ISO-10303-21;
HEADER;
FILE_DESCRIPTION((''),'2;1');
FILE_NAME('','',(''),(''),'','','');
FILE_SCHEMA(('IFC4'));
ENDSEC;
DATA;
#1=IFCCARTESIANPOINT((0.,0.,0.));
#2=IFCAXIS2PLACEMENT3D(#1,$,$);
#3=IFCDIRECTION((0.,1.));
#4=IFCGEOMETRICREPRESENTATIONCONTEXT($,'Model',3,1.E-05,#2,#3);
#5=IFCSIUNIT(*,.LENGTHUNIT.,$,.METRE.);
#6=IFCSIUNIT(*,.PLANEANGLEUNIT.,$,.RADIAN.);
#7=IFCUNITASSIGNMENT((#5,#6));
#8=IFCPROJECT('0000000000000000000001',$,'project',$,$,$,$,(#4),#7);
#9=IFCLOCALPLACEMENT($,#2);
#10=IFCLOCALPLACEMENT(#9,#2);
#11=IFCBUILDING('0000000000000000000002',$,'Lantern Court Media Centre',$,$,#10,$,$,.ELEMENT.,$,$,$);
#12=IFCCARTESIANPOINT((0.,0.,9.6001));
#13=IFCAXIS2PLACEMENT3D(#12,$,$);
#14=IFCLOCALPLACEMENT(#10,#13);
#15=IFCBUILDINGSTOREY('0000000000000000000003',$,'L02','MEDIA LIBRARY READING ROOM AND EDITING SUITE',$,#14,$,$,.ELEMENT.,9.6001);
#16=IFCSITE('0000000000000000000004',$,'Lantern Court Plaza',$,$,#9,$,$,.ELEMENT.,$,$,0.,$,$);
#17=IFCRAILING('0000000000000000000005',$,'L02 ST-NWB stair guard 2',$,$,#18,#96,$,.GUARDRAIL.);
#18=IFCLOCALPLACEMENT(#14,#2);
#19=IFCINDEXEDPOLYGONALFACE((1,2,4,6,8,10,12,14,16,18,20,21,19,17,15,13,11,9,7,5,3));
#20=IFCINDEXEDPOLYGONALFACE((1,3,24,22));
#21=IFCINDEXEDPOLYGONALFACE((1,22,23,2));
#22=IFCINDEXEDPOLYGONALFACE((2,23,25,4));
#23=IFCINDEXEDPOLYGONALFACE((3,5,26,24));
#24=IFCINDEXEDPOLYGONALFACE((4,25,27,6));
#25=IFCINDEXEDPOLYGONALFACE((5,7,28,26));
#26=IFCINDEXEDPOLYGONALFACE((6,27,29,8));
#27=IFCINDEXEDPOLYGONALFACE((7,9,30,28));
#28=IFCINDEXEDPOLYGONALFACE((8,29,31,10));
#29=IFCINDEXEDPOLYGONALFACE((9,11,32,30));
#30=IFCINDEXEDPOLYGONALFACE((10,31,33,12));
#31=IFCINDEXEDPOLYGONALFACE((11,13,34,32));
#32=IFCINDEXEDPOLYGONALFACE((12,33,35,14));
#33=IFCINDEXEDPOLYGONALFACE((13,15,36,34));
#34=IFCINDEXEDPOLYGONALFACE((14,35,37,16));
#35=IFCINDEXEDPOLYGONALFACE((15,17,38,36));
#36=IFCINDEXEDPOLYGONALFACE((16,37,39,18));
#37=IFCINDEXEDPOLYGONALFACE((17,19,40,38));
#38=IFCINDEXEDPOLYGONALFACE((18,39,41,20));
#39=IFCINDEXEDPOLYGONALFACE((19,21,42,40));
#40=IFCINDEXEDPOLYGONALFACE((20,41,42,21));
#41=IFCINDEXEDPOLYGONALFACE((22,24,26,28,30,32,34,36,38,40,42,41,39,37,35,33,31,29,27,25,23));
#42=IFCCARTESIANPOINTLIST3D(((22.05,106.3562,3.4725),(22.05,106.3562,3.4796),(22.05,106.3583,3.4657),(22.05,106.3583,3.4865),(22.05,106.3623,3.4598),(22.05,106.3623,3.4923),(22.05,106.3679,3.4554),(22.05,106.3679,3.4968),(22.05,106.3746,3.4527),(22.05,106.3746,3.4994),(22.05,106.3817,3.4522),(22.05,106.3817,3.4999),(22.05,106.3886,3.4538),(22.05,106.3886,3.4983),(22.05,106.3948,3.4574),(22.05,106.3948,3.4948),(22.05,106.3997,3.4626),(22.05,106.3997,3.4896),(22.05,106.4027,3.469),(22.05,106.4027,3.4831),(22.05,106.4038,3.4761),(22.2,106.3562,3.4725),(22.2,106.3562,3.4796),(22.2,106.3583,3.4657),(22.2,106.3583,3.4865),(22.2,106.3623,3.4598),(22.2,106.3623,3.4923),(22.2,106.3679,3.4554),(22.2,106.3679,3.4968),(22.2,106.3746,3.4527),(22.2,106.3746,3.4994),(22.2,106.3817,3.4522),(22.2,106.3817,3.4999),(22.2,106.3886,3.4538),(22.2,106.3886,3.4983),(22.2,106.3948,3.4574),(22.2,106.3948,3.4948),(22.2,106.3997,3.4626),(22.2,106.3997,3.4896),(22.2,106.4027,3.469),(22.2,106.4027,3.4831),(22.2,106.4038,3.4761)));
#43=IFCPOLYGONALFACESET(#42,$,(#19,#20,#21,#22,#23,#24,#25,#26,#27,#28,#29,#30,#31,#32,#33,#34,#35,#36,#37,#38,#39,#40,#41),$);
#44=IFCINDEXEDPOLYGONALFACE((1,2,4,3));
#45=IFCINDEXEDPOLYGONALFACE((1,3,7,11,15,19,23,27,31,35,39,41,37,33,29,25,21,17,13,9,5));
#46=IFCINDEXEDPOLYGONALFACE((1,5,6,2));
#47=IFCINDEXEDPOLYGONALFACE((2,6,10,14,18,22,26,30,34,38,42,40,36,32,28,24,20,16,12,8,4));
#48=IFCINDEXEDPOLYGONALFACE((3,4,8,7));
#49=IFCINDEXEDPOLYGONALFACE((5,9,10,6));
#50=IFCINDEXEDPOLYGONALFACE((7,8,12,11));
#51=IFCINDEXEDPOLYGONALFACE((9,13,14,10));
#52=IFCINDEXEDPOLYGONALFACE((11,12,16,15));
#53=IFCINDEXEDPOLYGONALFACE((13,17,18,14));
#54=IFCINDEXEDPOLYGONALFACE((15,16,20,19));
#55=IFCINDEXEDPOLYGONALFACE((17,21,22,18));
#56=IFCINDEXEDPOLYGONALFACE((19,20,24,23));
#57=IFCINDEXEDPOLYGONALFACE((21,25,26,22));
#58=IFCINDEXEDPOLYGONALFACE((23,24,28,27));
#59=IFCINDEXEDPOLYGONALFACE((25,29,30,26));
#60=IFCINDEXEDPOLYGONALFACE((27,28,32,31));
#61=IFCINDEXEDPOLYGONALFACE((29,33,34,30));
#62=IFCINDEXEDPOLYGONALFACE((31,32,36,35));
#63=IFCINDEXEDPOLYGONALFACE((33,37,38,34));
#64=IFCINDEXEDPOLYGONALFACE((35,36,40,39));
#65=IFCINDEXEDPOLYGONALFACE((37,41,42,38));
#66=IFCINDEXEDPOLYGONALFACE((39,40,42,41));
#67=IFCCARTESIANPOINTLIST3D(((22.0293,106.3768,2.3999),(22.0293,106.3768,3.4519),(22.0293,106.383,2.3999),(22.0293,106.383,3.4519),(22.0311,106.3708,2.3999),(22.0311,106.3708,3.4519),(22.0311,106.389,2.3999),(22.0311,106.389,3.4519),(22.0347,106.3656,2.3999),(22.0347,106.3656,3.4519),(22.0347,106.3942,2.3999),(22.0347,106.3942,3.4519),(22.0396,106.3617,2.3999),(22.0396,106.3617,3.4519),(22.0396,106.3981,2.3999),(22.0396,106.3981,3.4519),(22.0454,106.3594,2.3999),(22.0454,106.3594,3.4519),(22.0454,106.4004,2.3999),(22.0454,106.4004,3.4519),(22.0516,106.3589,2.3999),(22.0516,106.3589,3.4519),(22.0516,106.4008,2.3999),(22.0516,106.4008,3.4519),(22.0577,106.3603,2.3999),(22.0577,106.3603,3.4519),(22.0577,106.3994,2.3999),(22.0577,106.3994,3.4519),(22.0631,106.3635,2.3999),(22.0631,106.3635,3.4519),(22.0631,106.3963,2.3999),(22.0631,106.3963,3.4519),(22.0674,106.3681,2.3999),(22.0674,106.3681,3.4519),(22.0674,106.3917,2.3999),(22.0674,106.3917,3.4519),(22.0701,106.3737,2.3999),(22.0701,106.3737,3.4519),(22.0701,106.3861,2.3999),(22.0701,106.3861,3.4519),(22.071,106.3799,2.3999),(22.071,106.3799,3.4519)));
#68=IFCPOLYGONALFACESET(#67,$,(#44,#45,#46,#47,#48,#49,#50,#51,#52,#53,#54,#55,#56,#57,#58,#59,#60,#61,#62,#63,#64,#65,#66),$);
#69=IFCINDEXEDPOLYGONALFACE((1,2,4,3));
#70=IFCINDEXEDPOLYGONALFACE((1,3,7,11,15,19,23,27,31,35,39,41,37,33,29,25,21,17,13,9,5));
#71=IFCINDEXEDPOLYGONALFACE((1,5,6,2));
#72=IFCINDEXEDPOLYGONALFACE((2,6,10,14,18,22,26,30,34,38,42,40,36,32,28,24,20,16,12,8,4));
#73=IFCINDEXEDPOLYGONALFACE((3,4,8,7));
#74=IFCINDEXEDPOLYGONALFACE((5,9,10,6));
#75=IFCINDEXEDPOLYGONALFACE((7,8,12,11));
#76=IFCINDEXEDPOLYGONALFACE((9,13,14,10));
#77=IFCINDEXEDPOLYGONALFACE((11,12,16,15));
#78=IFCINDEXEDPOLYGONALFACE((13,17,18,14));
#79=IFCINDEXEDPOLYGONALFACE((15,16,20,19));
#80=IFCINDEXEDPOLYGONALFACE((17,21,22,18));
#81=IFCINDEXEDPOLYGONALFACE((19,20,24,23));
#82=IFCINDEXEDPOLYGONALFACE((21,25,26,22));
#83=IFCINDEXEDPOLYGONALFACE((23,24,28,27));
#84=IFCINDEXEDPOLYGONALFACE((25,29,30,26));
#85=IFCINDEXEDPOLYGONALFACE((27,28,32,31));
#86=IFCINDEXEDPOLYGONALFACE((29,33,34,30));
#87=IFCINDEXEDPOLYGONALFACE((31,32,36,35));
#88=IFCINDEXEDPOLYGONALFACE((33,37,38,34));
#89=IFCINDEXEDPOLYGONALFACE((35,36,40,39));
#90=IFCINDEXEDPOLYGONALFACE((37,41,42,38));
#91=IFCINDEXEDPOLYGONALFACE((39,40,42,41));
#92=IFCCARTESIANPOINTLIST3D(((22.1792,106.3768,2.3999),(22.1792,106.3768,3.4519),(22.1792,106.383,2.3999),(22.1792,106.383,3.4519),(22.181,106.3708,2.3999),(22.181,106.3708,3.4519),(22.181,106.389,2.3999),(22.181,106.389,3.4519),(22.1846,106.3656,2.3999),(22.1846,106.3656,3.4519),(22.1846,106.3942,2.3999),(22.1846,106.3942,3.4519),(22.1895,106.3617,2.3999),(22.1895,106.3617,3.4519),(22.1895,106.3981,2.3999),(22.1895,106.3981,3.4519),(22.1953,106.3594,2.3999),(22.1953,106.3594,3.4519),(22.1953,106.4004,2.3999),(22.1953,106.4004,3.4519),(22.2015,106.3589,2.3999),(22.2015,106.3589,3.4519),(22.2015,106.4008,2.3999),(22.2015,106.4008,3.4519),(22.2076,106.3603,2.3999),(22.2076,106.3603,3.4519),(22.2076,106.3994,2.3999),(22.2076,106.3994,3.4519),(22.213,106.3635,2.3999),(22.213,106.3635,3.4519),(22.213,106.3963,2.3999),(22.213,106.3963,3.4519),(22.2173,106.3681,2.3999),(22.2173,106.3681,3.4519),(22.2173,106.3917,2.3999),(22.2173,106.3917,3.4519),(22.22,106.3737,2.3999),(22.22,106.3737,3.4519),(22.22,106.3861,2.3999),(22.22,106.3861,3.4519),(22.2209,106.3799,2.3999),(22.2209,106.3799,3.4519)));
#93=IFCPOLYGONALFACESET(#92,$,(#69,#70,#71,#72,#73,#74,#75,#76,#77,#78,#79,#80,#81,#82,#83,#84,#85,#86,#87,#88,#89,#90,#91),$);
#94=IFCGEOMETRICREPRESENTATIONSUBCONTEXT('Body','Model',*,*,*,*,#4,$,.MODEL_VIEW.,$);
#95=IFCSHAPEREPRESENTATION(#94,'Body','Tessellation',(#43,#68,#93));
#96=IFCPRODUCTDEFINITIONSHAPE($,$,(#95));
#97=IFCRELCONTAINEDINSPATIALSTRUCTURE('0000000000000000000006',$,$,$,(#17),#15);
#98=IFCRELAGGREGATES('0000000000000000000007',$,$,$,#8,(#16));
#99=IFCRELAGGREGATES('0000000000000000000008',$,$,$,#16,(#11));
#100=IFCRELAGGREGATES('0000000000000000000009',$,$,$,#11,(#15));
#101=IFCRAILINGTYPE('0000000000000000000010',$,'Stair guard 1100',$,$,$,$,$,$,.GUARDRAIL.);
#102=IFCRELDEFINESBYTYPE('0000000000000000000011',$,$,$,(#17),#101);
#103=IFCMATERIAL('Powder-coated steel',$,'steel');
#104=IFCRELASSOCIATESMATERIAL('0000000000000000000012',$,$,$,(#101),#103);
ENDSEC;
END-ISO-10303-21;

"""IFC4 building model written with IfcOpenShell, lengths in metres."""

from ifc_helpers import new_model, si_unit, direction, frame, origin, origin_2d, place, context, subcontext, project, spatial, circle, extrude, material, type_object, element, save


model = new_model("IFC4")

# Units and contexts
model_context = context("Model", 3, precision=1e-05, world=origin(), true_north=direction((0.0, 1.0)))
body_context = subcontext(model_context, "Body", "Model", "MODEL_VIEW")
ifc_project = project(units=[si_unit("LENGTHUNIT", "METRE"), si_unit("PLANEANGLEUNIT", "RADIAN")], contexts=[model_context])

# Site, building, storey
site_placement = place(None, origin())
site = spatial("IfcSite", under=ifc_project, at=site_placement, Name="Lantern Court Plaza", CompositionType="ELEMENT", RefElevation=0.0)
building_placement = place(site_placement, origin())
building = spatial("IfcBuilding", under=site, at=building_placement, Name="Lantern Court Media Centre", CompositionType="ELEMENT")
storey_placement = place(building_placement, frame((0.0, 0.0, 9.6001)))
storey = spatial("IfcBuildingStorey", under=building, at=storey_placement, Name="L02", Description="MEDIA LIBRARY READING ROOM AND EDITING SUITE", CompositionType="ELEMENT", Elevation=9.6001)

# Shared definitions
ifc_material_1 = material(Name="Powder-coated steel", Category="steel")

# Railing
railing_type_1 = type_object("IfcRailingType", Name="Stair guard 1100", PredefinedType="GUARDRAIL", material=ifc_material_1)
railing_1_placement = place(storey_placement, frame((22.05, 106.3799, 2.3999)))
element("IfcRailing", 1, at=railing_1_placement, inside=storey, type_object=railing_type_1, Name="L02 ST-NWB stair guard 2", PredefinedType="GUARDRAIL", context=body_context, shape_type="SweptSolid", body=[
    extrude(circle(Radius=0.0239, at=origin_2d()), frame((0.0, 0.0, 1.0762), z_axis=(1.0, 0.0, 0.0), x_axis=(0.0, 1.0, 0.0)), (0.0, 0.0, 1.0), 0.1499),
    extrude(circle(Radius=0.021, at=origin_2d()), origin(), (0.0, 0.0, 1.0), 1.052),
    extrude(circle(Radius=0.021, at=origin_2d()), frame((0.1499, 0.0, 0.0)), (0.0, 0.0, 1.0), 1.052),
])

save(model, "model.ifc")
